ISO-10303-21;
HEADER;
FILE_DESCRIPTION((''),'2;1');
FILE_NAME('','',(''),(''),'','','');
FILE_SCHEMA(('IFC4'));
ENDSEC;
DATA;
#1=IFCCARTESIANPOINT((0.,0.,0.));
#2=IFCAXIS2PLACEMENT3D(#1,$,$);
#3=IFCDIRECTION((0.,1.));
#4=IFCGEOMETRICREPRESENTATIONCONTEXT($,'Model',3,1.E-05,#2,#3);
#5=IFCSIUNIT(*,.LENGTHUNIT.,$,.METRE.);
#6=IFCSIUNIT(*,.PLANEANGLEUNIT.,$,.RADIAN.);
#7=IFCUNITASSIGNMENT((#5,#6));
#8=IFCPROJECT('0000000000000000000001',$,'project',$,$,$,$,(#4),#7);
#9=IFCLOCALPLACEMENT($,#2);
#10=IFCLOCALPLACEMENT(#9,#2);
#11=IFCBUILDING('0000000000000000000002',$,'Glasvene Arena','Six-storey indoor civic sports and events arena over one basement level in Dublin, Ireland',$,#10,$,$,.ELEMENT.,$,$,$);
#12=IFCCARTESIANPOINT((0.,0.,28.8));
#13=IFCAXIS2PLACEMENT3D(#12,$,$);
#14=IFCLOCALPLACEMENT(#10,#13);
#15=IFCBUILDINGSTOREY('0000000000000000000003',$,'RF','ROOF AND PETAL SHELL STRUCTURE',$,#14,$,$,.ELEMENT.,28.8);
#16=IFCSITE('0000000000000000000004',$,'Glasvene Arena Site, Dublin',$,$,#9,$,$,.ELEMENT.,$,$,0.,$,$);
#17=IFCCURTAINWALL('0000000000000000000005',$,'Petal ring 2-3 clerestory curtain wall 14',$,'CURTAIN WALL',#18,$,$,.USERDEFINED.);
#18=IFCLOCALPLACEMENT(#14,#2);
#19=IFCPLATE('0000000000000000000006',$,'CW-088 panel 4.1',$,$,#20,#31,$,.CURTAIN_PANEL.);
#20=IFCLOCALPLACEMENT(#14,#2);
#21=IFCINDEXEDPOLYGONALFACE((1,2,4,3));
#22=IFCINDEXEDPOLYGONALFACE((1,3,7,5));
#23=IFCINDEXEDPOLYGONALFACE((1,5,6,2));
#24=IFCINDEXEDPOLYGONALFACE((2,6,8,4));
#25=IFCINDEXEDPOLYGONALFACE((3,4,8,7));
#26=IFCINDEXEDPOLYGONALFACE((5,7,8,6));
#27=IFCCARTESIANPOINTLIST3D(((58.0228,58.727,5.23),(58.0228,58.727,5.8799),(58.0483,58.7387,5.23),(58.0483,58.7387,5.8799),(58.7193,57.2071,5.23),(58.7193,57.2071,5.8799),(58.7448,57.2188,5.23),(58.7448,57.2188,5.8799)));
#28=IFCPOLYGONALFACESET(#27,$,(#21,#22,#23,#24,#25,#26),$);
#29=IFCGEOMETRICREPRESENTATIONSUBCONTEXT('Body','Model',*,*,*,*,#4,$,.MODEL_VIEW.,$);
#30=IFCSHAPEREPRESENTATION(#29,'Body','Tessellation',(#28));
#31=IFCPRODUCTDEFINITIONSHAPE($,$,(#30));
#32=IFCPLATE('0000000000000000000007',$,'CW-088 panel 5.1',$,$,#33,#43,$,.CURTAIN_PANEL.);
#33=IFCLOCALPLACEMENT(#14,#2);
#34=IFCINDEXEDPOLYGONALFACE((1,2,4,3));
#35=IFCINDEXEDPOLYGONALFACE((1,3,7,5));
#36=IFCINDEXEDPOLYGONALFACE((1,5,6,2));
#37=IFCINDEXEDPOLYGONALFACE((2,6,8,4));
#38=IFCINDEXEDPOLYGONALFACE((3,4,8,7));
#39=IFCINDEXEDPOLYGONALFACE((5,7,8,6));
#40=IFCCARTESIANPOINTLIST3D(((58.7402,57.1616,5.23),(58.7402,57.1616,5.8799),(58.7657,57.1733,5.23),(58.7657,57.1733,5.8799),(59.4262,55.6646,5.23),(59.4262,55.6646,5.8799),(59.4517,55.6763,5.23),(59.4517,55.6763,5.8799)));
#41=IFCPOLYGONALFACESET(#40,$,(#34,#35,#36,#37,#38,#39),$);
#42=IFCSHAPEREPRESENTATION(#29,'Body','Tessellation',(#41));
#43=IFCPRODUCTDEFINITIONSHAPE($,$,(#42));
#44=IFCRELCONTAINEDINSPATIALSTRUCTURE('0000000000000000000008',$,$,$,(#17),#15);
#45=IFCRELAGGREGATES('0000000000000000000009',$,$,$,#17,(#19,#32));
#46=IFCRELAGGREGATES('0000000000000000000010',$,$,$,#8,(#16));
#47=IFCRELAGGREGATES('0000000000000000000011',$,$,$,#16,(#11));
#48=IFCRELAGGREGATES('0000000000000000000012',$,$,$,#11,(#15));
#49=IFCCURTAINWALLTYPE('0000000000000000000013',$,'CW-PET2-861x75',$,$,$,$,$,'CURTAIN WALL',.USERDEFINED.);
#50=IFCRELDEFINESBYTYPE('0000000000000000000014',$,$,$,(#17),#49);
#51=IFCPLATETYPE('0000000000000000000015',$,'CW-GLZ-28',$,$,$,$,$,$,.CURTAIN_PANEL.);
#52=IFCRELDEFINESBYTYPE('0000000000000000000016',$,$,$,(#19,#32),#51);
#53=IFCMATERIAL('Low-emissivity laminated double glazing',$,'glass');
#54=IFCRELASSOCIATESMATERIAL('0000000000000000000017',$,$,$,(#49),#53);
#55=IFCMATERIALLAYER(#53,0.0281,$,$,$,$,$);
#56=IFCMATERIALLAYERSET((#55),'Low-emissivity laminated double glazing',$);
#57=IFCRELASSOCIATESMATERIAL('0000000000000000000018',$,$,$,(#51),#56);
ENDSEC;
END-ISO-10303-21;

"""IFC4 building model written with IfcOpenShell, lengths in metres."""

from ifc_helpers import new_model, si_unit, direction, frame, origin, origin_2d, place, context, subcontext, project, spatial, rectangle, extrude, material, layer, layer_set, type_object, element, aggregate, save


model = new_model("IFC4")

# Units and contexts
model_context = context("Model", 3, precision=1e-05, world=origin(), true_north=direction((0.0, 1.0)))
body_context = subcontext(model_context, "Body", "Model", "MODEL_VIEW")
ifc_project = project(units=[si_unit("LENGTHUNIT", "METRE"), si_unit("PLANEANGLEUNIT", "RADIAN")], contexts=[model_context])

# Site, building, storey
site_placement = place(None, origin())
site = spatial("IfcSite", under=ifc_project, at=site_placement, Name="Glasvene Arena Site, Dublin", CompositionType="ELEMENT", RefElevation=0.0)
building_placement = place(site_placement, origin())
building = spatial("IfcBuilding", under=site, at=building_placement, Name="Glasvene Arena", Description="Six-storey indoor civic sports and events arena over one basement level in Dublin, Ireland", CompositionType="ELEMENT")
storey_placement = place(building_placement, frame((0.0, 0.0, 28.8)))
storey = spatial("IfcBuildingStorey", under=building, at=storey_placement, Name="RF", Description="ROOF AND PETAL SHELL STRUCTURE", CompositionType="ELEMENT", Elevation=28.8)

# Shared definitions
ifc_material_1 = material(Name="Low-emissivity laminated double glazing", Category="glass")

# Curtain wall
curtain_wall_type_1 = type_object("IfcCurtainWallType", Name="CW-PET2-861x75", ElementType="CURTAIN WALL", PredefinedType="USERDEFINED", material=ifc_material_1)
curtain_wall_1_placement = place(storey_placement, frame((55.8733, 63.4514, 0.0)))
curtain_wall_1 = element("IfcCurtainWall", 1, at=curtain_wall_1_placement, inside=storey, type_object=curtain_wall_type_1, Name="Petal ring 2-3 clerestory curtain wall 14", ObjectType="CURTAIN WALL", PredefinedType="USERDEFINED")

# Plates
ifc_layer = layer(ifc_material_1, 0.0281)
ifc_layer_set = layer_set([ifc_layer], Name="Low-emissivity laminated double glazing")
plate_type = type_object("IfcPlateType", Name="CW-GLZ-28", PredefinedType="CURTAIN_PANEL", material=ifc_layer_set)
plate_1_placement = place(storey_placement, frame((58.3838, 57.9729, 5.23), z_axis=(0.0, 0.0, 1.0), x_axis=(0.416592, -0.909094, 0.0)))
plate_1 = element("IfcPlate", 2, at=plate_1_placement, type_object=plate_type, Name="CW-088 panel 4.1", PredefinedType="CURTAIN_PANEL", context=body_context, shape_type="SweptSolid", body=[
    extrude(rectangle(XDim=1.6719, YDim=0.0281, at=origin_2d()), origin(), (0.0, 0.0, 1.0), 0.6499),
])
plate_2_placement = place(storey_placement, frame((59.0959, 56.4189, 5.23), z_axis=(0.0, 0.0, 1.0), x_axis=(0.416592, -0.909094, 0.0)))
plate_2 = element("IfcPlate", 3, at=plate_2_placement, type_object=plate_type, Name="CW-088 panel 5.1", PredefinedType="CURTAIN_PANEL", context=body_context, shape_type="SweptSolid", body=[
    extrude(rectangle(XDim=1.6467, YDim=0.0281, at=origin_2d()), origin(), (0.0, 0.0, 1.0), 0.6499),
])
aggregate(curtain_wall_1, [plate_1, plate_2])

save(model, "model.ifc")
